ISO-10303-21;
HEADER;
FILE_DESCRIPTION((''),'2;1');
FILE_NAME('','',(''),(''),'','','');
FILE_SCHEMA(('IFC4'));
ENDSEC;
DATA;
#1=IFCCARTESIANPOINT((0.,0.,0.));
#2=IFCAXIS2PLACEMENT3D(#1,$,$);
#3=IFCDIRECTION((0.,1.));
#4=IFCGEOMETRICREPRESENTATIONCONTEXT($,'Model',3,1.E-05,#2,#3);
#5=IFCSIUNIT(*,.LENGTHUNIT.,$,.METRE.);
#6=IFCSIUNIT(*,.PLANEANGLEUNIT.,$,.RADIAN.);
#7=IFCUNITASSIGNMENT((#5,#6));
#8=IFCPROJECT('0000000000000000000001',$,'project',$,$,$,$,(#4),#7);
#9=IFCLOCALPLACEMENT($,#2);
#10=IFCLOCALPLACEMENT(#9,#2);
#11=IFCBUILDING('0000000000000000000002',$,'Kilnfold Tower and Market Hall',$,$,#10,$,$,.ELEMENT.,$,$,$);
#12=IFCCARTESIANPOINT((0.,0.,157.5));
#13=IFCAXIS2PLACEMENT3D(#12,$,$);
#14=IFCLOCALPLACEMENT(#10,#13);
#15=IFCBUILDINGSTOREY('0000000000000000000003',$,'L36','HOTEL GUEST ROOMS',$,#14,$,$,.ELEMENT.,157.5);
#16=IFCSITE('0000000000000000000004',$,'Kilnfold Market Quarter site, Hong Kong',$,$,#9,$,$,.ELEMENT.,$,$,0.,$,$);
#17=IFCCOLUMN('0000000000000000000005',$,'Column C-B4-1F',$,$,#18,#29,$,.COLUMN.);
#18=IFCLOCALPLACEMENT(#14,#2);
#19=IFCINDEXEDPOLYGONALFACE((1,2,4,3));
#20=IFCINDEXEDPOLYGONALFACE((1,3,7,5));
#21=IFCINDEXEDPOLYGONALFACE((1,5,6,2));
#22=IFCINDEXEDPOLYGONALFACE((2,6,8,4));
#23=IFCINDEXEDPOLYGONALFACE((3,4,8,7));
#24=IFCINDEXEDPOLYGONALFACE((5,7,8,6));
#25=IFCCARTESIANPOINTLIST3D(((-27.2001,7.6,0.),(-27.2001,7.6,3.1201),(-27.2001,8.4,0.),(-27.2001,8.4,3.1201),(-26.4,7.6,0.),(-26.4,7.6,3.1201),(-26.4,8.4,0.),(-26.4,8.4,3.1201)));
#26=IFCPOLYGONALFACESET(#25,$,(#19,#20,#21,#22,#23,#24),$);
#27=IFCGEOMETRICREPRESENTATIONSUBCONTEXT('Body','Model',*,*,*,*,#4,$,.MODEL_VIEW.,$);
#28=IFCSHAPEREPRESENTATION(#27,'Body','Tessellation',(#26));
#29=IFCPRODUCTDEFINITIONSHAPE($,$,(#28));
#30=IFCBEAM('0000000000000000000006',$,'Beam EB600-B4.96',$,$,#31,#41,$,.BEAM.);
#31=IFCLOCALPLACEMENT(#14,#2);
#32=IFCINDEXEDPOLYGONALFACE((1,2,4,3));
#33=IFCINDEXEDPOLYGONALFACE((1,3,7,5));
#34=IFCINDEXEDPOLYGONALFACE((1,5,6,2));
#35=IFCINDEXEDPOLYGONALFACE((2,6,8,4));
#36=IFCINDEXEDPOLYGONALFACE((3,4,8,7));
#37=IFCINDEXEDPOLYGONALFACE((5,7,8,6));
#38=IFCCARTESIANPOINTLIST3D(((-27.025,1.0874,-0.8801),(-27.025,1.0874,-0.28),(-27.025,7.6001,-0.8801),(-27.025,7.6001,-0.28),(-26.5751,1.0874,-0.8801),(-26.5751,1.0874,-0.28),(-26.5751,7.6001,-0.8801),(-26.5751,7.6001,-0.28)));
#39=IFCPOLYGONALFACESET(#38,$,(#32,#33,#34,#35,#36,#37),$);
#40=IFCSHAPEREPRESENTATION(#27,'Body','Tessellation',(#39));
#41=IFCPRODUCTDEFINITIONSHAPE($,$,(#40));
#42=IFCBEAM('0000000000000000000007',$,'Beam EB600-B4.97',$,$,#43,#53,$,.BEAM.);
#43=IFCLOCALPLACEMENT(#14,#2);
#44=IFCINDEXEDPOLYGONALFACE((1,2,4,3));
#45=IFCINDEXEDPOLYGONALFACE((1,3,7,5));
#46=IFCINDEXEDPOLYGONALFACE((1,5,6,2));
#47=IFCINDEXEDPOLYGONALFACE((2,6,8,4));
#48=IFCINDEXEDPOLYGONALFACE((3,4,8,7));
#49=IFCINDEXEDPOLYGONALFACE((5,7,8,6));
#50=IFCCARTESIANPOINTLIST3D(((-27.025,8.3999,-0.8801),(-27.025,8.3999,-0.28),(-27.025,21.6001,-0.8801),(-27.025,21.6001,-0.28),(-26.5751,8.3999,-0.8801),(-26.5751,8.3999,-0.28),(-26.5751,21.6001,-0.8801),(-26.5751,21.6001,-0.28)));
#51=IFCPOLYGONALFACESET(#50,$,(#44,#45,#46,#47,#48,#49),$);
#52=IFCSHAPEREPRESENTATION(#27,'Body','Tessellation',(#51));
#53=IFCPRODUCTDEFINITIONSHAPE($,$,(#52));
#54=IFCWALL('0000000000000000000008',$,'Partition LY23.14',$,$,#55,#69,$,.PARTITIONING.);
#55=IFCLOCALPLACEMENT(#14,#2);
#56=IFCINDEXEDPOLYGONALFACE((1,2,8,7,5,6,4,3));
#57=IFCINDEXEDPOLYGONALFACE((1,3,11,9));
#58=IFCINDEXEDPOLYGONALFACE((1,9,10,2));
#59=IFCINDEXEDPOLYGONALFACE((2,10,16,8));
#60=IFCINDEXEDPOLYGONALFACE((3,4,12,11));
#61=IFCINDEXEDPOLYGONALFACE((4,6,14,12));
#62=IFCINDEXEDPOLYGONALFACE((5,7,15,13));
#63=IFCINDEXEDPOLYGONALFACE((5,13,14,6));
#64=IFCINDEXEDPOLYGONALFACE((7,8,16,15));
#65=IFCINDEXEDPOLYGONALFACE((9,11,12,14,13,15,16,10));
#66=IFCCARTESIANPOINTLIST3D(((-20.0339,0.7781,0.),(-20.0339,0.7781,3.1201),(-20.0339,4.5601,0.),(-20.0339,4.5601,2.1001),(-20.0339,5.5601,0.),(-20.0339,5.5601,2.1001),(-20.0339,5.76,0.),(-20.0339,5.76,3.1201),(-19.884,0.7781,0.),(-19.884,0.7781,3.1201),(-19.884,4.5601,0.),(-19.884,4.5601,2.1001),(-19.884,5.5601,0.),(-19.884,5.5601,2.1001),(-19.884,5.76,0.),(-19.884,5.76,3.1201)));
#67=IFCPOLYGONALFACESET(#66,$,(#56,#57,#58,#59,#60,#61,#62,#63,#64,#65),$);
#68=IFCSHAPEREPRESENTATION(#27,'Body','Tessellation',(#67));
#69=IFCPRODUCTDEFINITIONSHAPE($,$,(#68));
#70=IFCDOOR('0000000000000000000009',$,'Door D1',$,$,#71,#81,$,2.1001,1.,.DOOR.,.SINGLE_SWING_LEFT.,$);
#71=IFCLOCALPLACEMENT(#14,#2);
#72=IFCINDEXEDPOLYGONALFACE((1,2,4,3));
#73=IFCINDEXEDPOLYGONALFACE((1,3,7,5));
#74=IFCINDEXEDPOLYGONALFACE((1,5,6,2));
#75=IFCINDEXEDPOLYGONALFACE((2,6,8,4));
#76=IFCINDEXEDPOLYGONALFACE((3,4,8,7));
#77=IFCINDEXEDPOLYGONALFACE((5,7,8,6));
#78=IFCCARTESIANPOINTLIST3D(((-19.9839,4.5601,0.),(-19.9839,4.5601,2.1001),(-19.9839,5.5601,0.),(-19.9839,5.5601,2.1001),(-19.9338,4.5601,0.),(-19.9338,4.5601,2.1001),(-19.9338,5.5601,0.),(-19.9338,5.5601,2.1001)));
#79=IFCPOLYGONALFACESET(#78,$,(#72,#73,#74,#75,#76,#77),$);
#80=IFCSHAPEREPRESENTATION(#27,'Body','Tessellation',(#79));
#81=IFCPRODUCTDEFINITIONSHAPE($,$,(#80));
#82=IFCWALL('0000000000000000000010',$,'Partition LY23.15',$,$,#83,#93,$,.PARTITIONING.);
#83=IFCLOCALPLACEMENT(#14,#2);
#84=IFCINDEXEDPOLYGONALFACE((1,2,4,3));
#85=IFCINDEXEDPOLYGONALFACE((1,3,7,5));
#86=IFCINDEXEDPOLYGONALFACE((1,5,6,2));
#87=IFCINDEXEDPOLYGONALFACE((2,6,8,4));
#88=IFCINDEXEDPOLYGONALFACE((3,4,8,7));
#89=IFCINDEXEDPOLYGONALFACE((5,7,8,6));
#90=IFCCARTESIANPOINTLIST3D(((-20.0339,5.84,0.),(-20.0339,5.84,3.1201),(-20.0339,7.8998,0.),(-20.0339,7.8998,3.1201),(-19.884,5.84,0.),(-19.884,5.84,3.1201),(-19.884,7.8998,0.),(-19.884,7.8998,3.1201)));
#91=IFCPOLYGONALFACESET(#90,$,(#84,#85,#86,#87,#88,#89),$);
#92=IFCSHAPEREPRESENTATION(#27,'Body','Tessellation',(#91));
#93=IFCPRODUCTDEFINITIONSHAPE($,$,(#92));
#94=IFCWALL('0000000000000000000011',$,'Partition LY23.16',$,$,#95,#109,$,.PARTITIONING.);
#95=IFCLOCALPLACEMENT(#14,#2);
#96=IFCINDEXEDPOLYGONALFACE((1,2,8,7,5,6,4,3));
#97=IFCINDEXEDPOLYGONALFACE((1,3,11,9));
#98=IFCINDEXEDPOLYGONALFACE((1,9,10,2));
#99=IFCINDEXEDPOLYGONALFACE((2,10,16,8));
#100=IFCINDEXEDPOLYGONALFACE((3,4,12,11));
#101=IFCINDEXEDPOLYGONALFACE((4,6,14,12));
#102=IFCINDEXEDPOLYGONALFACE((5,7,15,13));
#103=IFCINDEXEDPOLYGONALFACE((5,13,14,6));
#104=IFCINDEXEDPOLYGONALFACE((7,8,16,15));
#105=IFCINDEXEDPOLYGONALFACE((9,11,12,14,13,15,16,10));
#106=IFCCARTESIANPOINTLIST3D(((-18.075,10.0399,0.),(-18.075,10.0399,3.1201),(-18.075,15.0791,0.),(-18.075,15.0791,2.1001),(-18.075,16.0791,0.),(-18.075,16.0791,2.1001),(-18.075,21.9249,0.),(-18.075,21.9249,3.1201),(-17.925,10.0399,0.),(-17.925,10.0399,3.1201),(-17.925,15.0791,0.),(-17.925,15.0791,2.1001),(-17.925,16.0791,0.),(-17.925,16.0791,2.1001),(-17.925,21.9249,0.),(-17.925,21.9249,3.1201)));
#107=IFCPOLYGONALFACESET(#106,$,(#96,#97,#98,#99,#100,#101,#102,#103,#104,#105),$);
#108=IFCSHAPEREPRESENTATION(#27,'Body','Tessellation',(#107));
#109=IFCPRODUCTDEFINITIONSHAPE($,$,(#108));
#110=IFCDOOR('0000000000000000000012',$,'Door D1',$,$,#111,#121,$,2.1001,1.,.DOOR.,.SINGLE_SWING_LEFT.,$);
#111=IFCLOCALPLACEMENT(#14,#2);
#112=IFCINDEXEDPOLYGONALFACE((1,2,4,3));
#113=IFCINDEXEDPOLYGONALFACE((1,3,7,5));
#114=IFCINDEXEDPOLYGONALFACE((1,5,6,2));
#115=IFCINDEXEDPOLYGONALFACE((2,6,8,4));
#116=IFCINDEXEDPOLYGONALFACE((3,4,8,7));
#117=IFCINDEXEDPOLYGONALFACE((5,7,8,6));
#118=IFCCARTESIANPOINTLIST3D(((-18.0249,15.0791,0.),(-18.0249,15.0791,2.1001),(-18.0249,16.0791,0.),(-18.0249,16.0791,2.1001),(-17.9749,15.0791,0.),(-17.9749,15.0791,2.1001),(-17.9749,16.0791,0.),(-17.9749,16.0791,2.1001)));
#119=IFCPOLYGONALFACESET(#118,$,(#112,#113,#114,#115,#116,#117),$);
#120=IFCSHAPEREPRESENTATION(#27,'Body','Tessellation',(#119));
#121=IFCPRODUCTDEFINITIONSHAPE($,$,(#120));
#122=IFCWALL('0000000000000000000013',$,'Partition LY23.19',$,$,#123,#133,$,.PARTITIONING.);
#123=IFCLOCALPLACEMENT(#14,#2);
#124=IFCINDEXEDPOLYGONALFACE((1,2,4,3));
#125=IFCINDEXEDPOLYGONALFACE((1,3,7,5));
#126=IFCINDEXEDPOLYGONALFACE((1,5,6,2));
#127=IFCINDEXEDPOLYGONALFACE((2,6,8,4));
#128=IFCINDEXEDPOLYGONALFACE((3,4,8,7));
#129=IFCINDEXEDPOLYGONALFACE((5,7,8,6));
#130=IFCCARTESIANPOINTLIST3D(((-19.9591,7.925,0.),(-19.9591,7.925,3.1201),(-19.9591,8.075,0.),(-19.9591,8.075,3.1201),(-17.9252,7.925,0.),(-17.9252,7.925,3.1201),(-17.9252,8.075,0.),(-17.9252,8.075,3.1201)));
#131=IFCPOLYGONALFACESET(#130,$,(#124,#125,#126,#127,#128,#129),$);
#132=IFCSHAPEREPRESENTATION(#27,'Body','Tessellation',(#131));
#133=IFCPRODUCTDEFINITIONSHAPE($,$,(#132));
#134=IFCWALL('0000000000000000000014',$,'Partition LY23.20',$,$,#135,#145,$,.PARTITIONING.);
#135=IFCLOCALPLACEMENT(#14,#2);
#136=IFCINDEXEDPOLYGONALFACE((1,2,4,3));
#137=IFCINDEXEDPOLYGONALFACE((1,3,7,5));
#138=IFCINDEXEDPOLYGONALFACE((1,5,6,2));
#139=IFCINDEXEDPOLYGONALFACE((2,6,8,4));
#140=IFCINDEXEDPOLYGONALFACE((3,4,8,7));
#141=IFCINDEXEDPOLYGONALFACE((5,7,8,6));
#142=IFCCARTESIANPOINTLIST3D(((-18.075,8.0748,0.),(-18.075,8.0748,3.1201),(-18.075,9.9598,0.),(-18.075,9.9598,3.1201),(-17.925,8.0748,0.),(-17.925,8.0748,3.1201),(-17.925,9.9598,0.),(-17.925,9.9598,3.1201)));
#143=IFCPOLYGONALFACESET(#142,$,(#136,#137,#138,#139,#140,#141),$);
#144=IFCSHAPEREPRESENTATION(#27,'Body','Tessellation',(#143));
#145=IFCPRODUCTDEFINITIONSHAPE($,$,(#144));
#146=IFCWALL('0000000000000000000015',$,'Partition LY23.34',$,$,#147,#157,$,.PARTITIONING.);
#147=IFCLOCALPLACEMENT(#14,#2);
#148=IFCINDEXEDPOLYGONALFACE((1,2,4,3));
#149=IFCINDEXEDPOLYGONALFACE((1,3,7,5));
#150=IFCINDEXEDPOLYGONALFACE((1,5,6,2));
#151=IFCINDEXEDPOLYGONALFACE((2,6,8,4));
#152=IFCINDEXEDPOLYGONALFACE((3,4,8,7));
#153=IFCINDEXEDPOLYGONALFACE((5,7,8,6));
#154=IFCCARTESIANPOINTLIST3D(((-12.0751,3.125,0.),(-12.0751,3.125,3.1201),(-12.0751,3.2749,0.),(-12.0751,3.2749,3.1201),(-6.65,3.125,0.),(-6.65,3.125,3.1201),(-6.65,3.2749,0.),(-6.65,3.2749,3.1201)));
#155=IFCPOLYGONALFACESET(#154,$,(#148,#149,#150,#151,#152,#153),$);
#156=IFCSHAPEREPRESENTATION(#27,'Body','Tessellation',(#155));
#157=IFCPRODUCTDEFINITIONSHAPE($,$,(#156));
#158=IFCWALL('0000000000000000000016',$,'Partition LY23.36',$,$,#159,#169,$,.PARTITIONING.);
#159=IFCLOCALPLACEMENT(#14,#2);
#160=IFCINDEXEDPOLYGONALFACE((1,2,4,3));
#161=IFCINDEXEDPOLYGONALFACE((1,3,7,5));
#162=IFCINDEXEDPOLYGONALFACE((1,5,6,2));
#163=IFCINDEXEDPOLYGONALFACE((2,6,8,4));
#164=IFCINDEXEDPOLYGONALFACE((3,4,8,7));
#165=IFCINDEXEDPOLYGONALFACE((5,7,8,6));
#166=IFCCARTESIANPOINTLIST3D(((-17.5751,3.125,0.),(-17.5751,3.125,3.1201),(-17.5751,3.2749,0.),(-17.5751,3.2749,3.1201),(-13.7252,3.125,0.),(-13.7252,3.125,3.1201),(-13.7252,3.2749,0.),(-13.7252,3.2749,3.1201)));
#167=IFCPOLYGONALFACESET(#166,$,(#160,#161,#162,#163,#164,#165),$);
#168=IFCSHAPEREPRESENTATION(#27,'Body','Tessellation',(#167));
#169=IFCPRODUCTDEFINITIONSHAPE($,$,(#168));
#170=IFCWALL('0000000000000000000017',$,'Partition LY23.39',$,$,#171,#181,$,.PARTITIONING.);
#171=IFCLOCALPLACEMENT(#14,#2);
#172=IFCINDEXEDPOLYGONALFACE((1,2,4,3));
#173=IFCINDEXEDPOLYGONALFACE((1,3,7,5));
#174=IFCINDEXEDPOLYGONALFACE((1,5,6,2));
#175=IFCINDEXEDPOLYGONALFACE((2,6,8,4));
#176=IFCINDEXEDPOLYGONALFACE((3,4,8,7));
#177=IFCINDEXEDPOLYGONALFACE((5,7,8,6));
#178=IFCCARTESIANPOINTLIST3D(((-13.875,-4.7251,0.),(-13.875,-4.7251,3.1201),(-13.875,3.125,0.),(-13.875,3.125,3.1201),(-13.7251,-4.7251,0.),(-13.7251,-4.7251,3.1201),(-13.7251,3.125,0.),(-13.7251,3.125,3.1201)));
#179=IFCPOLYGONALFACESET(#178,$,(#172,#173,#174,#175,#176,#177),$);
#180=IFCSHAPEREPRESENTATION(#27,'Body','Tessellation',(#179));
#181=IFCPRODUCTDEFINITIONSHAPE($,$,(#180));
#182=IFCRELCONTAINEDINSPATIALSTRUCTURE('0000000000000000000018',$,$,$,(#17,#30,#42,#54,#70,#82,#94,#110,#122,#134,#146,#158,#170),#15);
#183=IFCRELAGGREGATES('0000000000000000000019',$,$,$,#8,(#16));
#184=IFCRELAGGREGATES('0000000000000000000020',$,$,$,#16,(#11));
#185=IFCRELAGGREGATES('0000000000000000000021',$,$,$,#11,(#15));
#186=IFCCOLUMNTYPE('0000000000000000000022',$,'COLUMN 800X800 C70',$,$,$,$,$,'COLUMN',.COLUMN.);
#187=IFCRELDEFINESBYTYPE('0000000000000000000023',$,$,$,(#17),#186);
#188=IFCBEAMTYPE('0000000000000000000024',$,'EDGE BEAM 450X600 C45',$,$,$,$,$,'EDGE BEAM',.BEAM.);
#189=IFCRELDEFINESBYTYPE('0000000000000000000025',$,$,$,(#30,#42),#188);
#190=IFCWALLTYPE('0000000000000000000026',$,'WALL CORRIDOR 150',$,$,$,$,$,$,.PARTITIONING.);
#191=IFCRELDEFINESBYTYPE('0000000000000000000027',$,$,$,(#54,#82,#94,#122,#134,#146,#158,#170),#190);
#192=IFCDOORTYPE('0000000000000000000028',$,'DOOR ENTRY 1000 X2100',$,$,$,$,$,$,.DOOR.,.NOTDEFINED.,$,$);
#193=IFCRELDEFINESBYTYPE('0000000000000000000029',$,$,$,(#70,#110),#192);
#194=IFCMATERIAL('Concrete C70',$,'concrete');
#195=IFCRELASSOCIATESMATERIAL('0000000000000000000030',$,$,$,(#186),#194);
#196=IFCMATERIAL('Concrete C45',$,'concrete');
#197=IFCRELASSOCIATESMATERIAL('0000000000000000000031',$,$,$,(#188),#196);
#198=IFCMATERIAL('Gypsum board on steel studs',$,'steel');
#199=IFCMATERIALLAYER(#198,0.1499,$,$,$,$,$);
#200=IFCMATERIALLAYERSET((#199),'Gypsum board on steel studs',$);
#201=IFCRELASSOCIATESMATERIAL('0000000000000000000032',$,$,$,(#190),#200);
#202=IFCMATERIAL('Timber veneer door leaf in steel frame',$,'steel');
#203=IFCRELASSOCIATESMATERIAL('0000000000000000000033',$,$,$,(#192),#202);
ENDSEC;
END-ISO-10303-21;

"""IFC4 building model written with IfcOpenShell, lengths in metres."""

from ifc_helpers import new_model, si_unit, direction, frame, frame_2d, origin, origin_2d, place, context, subcontext, project, spatial, rectangle, extrude, source, transform, mapped, material, layer, layer_set, material_profile, profile_set, type_object, element, fill, save


model = new_model("IFC4")

# Units and contexts
model_context = context("Model", 3, precision=1e-05, world=origin(), true_north=direction((0.0, 1.0)))
body_context = subcontext(model_context, "Body", "Model", "MODEL_VIEW")
ifc_project = project(units=[si_unit("LENGTHUNIT", "METRE"), si_unit("PLANEANGLEUNIT", "RADIAN")], contexts=[model_context])

# Site, building, storey
site_placement = place(None, origin())
site = spatial("IfcSite", under=ifc_project, at=site_placement, Name="Kilnfold Market Quarter site, Hong Kong", CompositionType="ELEMENT", RefElevation=0.0)
building_placement = place(site_placement, origin())
building = spatial("IfcBuilding", under=site, at=building_placement, Name="Kilnfold Tower and Market Hall", CompositionType="ELEMENT")
storey_placement = place(building_placement, frame((0.0, 0.0, 157.5)))
storey = spatial("IfcBuildingStorey", under=building, at=storey_placement, Name="L36", Description="HOTEL GUEST ROOMS", CompositionType="ELEMENT", Elevation=157.5)

# Column
ifc_material_1 = material(Name="Concrete C70", Category="concrete")
ifc_material_profile_1 = material_profile(ifc_material_1, rectangle(XDim=0.8, YDim=0.8, at=origin_2d()), Name="RC 800x800")
ifc_profile_set_1 = profile_set([ifc_material_profile_1], Name="Concrete C70")
column_type = type_object("IfcColumnType", Name="COLUMN 800X800 C70", ElementType="COLUMN", PredefinedType="COLUMN", material=ifc_profile_set_1)
shared_shape_1 = source(origin(), body_context, "Body", "SweptSolid", [
    extrude(rectangle(XDim=0.8, YDim=0.8, at=origin_2d()), origin(), (0.0, 0.0, 1.0), 3.1201),
])
column_placement = place(storey_placement, frame((-26.8, 8.0, 0.0), z_axis=(0.0, 0.0, 1.0), x_axis=(1.0, 0.0, 0.0)))
element("IfcColumn", 1, at=column_placement, inside=storey, type_object=column_type, Name="Column C-B4-1F", PredefinedType="COLUMN", context=body_context, shape_type="MappedRepresentation", body=[
    mapped(shared_shape_1, transform((0.0, 0.0, 0.0))),
])

# Beams
ifc_material_2 = material(Name="Concrete C45", Category="concrete")
ifc_material_profile_2 = material_profile(ifc_material_2, rectangle(XDim=0.45, YDim=0.6001, at=origin_2d()), Name="RC 450x600")
ifc_profile_set_2 = profile_set([ifc_material_profile_2], Name="Concrete C45")
beam_type = type_object("IfcBeamType", Name="EDGE BEAM 450X600 C45", ElementType="EDGE BEAM", PredefinedType="BEAM", material=ifc_profile_set_2)
shared_shape_2 = source(origin(), body_context, "Body", "SweptSolid", [
    extrude(rectangle(XDim=0.45, YDim=0.6001, at=origin_2d()), origin(), (0.0, 0.0, 1.0), 6.5127),
])
beam_1_placement = place(storey_placement, frame((-26.8, 1.0874, -0.5801), z_axis=(0.0, 1.0, 0.0), x_axis=(-1.0, 0.0, 0.0)))
element("IfcBeam", 2, at=beam_1_placement, inside=storey, type_object=beam_type, Name="Beam EB600-B4.96", PredefinedType="BEAM", context=body_context, shape_type="MappedRepresentation", body=[
    mapped(shared_shape_2, transform((0.0, 0.0, 0.0))),
])
shared_shape_3 = source(origin(), body_context, "Body", "SweptSolid", [
    extrude(rectangle(XDim=0.45, YDim=0.6001, at=origin_2d()), origin(), (0.0, 0.0, 1.0), 13.2002),
])
beam_2_placement = place(storey_placement, frame((-26.8, 8.3999, -0.5801), z_axis=(0.0, 1.0, 0.0), x_axis=(-1.0, 0.0, 0.0)))
element("IfcBeam", 3, at=beam_2_placement, inside=storey, type_object=beam_type, Name="Beam EB600-B4.97", PredefinedType="BEAM", context=body_context, shape_type="MappedRepresentation", body=[
    mapped(shared_shape_3, transform((0.0, 0.0, 0.0))),
])

# Wall, opening, door
ifc_material_3 = material(Name="Gypsum board on steel studs", Category="steel")
ifc_layer_1 = layer(ifc_material_3, 0.1499)
ifc_layer_set_1 = layer_set([ifc_layer_1], Name="Gypsum board on steel studs")
wall_type_1 = type_object("IfcWallType", Name="WALL CORRIDOR 150", PredefinedType="PARTITIONING", material=ifc_layer_set_1)
wall_1_placement = place(storey_placement, frame((-19.959, 0.7781, 0.0), z_axis=(0.0, 0.0, 1.0), x_axis=(0.0, 1.0, 0.0)))
wall_1 = element("IfcWall", 4, at=wall_1_placement, inside=storey, type_object=wall_type_1, Name="Partition LY23.14", PredefinedType="PARTITIONING", context=body_context, shape_type="SweptSolid", body=[
    extrude(rectangle(XDim=4.9819, YDim=0.1499, at=frame_2d((2.491, 0.0))), origin(), (0.0, 0.0, 1.0), 3.1201),
])
opening_1_placement = place(wall_1_placement, frame((3.782, 0.0, 0.0)))
opening_1 = element("IfcOpeningElement", 5, at=opening_1_placement, cuts=wall_1, PredefinedType="OPENING", context=body_context, shape_type="SweptSolid", body=[
    extrude(rectangle(XDim=1.0, YDim=2.1001, at=frame_2d((0.5, 1.05))), frame((0.0, 0.085, 0.0), z_axis=(0.0, -1.0, 0.0), x_axis=(1.0, 0.0, 0.0)), (0.0, 0.0, 1.0), 0.1699),
])
ifc_material_4 = material(Name="Timber veneer door leaf in steel frame", Category="steel")
door_type_1 = type_object("IfcDoorType", Name="DOOR ENTRY 1000 X2100", OperationType="NOTDEFINED", PredefinedType="DOOR", material=ifc_material_4)
door_1_placement = place(opening_1_placement, origin())
door_1 = element("IfcDoor", 6, at=door_1_placement, inside=storey, type_object=door_type_1, Name="Door D1", OperationType="SINGLE_SWING_LEFT", OverallHeight=2.1001, OverallWidth=1.0, PredefinedType="DOOR", context=body_context, shape_type="SweptSolid", body=[
    extrude(rectangle(XDim=1.0, YDim=2.1001, at=frame_2d((0.5, 1.05))), frame((0.0, 0.0249, 0.0), z_axis=(0.0, -1.0, 0.0), x_axis=(1.0, 0.0, 0.0)), (0.0, 0.0, 1.0), 0.05),
])
fill(opening_1, door_1)

# Wall
wall_2_placement = place(storey_placement, frame((-19.959, 5.8401, 0.0), z_axis=(0.0, 0.0, 1.0), x_axis=(0.0, 1.0, 0.0)))
element("IfcWall", 7, at=wall_2_placement, inside=storey, type_object=wall_type_1, Name="Partition LY23.15", PredefinedType="PARTITIONING", context=body_context, shape_type="SweptSolid", body=[
    extrude(rectangle(XDim=2.0598, YDim=0.1499, at=frame_2d((1.0298, 0.0))), origin(), (0.0, 0.0, 1.0), 3.1201),
])

# Wall, opening, door
wall_3_placement = place(storey_placement, frame((-18.0, 10.04, 0.0), z_axis=(0.0, 0.0, 1.0), x_axis=(0.0, 1.0, 0.0)))
wall_3 = element("IfcWall", 8, at=wall_3_placement, inside=storey, type_object=wall_type_1, Name="Partition LY23.16", PredefinedType="PARTITIONING", context=body_context, shape_type="SweptSolid", body=[
    extrude(rectangle(XDim=11.885, YDim=0.1499, at=frame_2d((5.9424, 0.0))), origin(), (0.0, 0.0, 1.0), 3.1201),
])
opening_2_placement = place(wall_3_placement, frame((5.0391, 0.0, 0.0)))
opening_2 = element("IfcOpeningElement", 9, at=opening_2_placement, cuts=wall_3, PredefinedType="OPENING", context=body_context, shape_type="SweptSolid", body=[
    extrude(rectangle(XDim=1.0, YDim=2.1001, at=frame_2d((0.5, 1.05))), frame((0.0, 0.085, 0.0), z_axis=(0.0, -1.0, 0.0), x_axis=(1.0, 0.0, 0.0)), (0.0, 0.0, 1.0), 0.1699),
])
door_2_placement = place(opening_2_placement, origin())
door_2 = element("IfcDoor", 10, at=door_2_placement, inside=storey, type_object=door_type_1, Name="Door D1", OperationType="SINGLE_SWING_LEFT", OverallHeight=2.1001, OverallWidth=1.0, PredefinedType="DOOR", context=body_context, shape_type="SweptSolid", body=[
    extrude(rectangle(XDim=1.0, YDim=2.1001, at=frame_2d((0.5, 1.05))), frame((0.0, 0.0249, 0.0), z_axis=(0.0, -1.0, 0.0), x_axis=(1.0, 0.0, 0.0)), (0.0, 0.0, 1.0), 0.05),
])
fill(opening_2, door_2)

# Walls
wall_4_placement = place(storey_placement, frame((-17.925, 8.0, 0.0), z_axis=(0.0, 0.0, 1.0), x_axis=(-1.0, 0.0, 0.0)))
element("IfcWall", 11, at=wall_4_placement, inside=storey, type_object=wall_type_1, Name="Partition LY23.19", PredefinedType="PARTITIONING", context=body_context, shape_type="SweptSolid", body=[
    extrude(rectangle(XDim=2.0339, YDim=0.1499, at=frame_2d((1.0171, 0.0))), origin(), (0.0, 0.0, 1.0), 3.1201),
])
wall_5_placement = place(storey_placement, frame((-18.0, 8.075, 0.0), z_axis=(0.0, 0.0, 1.0), x_axis=(0.0, 1.0, 0.0)))
element("IfcWall", 12, at=wall_5_placement, inside=storey, type_object=wall_type_1, Name="Partition LY23.20", PredefinedType="PARTITIONING", context=body_context, shape_type="SweptSolid", body=[
    extrude(rectangle(XDim=1.885, YDim=0.1499, at=frame_2d((0.9424, 0.0))), origin(), (0.0, 0.0, 1.0), 3.1201),
])
wall_6_placement = place(storey_placement, frame((-12.075, 3.2, 0.0), z_axis=(0.0, 0.0, 1.0), x_axis=(1.0, 0.0, 0.0)))
element("IfcWall", 13, at=wall_6_placement, inside=storey, type_object=wall_type_1, Name="Partition LY23.34", PredefinedType="PARTITIONING", context=body_context, shape_type="SweptSolid", body=[
    extrude(rectangle(XDim=5.425, YDim=0.1499, at=frame_2d((2.7124, 0.0))), origin(), (0.0, 0.0, 1.0), 3.1201),
])
wall_7_placement = place(storey_placement, frame((-17.575, 3.2, 0.0), z_axis=(0.0, 0.0, 1.0), x_axis=(1.0, 0.0, 0.0)))
element("IfcWall", 14, at=wall_7_placement, inside=storey, type_object=wall_type_1, Name="Partition LY23.36", PredefinedType="PARTITIONING", context=body_context, shape_type="SweptSolid", body=[
    extrude(rectangle(XDim=3.8499, YDim=0.1499, at=frame_2d((1.9248, 0.0))), origin(), (0.0, 0.0, 1.0), 3.1201),
])
wall_8_placement = place(storey_placement, frame((-13.8, 3.125, 0.0), z_axis=(0.0, 0.0, 1.0), x_axis=(0.0, -1.0, 0.0)))
element("IfcWall", 15, at=wall_8_placement, inside=storey, type_object=wall_type_1, Name="Partition LY23.39", PredefinedType="PARTITIONING", context=body_context, shape_type="SweptSolid", body=[
    extrude(rectangle(XDim=7.8501, YDim=0.1499, at=frame_2d((3.925, 0.0))), origin(), (0.0, 0.0, 1.0), 3.1201),
])

save(model, "model.ifc")
